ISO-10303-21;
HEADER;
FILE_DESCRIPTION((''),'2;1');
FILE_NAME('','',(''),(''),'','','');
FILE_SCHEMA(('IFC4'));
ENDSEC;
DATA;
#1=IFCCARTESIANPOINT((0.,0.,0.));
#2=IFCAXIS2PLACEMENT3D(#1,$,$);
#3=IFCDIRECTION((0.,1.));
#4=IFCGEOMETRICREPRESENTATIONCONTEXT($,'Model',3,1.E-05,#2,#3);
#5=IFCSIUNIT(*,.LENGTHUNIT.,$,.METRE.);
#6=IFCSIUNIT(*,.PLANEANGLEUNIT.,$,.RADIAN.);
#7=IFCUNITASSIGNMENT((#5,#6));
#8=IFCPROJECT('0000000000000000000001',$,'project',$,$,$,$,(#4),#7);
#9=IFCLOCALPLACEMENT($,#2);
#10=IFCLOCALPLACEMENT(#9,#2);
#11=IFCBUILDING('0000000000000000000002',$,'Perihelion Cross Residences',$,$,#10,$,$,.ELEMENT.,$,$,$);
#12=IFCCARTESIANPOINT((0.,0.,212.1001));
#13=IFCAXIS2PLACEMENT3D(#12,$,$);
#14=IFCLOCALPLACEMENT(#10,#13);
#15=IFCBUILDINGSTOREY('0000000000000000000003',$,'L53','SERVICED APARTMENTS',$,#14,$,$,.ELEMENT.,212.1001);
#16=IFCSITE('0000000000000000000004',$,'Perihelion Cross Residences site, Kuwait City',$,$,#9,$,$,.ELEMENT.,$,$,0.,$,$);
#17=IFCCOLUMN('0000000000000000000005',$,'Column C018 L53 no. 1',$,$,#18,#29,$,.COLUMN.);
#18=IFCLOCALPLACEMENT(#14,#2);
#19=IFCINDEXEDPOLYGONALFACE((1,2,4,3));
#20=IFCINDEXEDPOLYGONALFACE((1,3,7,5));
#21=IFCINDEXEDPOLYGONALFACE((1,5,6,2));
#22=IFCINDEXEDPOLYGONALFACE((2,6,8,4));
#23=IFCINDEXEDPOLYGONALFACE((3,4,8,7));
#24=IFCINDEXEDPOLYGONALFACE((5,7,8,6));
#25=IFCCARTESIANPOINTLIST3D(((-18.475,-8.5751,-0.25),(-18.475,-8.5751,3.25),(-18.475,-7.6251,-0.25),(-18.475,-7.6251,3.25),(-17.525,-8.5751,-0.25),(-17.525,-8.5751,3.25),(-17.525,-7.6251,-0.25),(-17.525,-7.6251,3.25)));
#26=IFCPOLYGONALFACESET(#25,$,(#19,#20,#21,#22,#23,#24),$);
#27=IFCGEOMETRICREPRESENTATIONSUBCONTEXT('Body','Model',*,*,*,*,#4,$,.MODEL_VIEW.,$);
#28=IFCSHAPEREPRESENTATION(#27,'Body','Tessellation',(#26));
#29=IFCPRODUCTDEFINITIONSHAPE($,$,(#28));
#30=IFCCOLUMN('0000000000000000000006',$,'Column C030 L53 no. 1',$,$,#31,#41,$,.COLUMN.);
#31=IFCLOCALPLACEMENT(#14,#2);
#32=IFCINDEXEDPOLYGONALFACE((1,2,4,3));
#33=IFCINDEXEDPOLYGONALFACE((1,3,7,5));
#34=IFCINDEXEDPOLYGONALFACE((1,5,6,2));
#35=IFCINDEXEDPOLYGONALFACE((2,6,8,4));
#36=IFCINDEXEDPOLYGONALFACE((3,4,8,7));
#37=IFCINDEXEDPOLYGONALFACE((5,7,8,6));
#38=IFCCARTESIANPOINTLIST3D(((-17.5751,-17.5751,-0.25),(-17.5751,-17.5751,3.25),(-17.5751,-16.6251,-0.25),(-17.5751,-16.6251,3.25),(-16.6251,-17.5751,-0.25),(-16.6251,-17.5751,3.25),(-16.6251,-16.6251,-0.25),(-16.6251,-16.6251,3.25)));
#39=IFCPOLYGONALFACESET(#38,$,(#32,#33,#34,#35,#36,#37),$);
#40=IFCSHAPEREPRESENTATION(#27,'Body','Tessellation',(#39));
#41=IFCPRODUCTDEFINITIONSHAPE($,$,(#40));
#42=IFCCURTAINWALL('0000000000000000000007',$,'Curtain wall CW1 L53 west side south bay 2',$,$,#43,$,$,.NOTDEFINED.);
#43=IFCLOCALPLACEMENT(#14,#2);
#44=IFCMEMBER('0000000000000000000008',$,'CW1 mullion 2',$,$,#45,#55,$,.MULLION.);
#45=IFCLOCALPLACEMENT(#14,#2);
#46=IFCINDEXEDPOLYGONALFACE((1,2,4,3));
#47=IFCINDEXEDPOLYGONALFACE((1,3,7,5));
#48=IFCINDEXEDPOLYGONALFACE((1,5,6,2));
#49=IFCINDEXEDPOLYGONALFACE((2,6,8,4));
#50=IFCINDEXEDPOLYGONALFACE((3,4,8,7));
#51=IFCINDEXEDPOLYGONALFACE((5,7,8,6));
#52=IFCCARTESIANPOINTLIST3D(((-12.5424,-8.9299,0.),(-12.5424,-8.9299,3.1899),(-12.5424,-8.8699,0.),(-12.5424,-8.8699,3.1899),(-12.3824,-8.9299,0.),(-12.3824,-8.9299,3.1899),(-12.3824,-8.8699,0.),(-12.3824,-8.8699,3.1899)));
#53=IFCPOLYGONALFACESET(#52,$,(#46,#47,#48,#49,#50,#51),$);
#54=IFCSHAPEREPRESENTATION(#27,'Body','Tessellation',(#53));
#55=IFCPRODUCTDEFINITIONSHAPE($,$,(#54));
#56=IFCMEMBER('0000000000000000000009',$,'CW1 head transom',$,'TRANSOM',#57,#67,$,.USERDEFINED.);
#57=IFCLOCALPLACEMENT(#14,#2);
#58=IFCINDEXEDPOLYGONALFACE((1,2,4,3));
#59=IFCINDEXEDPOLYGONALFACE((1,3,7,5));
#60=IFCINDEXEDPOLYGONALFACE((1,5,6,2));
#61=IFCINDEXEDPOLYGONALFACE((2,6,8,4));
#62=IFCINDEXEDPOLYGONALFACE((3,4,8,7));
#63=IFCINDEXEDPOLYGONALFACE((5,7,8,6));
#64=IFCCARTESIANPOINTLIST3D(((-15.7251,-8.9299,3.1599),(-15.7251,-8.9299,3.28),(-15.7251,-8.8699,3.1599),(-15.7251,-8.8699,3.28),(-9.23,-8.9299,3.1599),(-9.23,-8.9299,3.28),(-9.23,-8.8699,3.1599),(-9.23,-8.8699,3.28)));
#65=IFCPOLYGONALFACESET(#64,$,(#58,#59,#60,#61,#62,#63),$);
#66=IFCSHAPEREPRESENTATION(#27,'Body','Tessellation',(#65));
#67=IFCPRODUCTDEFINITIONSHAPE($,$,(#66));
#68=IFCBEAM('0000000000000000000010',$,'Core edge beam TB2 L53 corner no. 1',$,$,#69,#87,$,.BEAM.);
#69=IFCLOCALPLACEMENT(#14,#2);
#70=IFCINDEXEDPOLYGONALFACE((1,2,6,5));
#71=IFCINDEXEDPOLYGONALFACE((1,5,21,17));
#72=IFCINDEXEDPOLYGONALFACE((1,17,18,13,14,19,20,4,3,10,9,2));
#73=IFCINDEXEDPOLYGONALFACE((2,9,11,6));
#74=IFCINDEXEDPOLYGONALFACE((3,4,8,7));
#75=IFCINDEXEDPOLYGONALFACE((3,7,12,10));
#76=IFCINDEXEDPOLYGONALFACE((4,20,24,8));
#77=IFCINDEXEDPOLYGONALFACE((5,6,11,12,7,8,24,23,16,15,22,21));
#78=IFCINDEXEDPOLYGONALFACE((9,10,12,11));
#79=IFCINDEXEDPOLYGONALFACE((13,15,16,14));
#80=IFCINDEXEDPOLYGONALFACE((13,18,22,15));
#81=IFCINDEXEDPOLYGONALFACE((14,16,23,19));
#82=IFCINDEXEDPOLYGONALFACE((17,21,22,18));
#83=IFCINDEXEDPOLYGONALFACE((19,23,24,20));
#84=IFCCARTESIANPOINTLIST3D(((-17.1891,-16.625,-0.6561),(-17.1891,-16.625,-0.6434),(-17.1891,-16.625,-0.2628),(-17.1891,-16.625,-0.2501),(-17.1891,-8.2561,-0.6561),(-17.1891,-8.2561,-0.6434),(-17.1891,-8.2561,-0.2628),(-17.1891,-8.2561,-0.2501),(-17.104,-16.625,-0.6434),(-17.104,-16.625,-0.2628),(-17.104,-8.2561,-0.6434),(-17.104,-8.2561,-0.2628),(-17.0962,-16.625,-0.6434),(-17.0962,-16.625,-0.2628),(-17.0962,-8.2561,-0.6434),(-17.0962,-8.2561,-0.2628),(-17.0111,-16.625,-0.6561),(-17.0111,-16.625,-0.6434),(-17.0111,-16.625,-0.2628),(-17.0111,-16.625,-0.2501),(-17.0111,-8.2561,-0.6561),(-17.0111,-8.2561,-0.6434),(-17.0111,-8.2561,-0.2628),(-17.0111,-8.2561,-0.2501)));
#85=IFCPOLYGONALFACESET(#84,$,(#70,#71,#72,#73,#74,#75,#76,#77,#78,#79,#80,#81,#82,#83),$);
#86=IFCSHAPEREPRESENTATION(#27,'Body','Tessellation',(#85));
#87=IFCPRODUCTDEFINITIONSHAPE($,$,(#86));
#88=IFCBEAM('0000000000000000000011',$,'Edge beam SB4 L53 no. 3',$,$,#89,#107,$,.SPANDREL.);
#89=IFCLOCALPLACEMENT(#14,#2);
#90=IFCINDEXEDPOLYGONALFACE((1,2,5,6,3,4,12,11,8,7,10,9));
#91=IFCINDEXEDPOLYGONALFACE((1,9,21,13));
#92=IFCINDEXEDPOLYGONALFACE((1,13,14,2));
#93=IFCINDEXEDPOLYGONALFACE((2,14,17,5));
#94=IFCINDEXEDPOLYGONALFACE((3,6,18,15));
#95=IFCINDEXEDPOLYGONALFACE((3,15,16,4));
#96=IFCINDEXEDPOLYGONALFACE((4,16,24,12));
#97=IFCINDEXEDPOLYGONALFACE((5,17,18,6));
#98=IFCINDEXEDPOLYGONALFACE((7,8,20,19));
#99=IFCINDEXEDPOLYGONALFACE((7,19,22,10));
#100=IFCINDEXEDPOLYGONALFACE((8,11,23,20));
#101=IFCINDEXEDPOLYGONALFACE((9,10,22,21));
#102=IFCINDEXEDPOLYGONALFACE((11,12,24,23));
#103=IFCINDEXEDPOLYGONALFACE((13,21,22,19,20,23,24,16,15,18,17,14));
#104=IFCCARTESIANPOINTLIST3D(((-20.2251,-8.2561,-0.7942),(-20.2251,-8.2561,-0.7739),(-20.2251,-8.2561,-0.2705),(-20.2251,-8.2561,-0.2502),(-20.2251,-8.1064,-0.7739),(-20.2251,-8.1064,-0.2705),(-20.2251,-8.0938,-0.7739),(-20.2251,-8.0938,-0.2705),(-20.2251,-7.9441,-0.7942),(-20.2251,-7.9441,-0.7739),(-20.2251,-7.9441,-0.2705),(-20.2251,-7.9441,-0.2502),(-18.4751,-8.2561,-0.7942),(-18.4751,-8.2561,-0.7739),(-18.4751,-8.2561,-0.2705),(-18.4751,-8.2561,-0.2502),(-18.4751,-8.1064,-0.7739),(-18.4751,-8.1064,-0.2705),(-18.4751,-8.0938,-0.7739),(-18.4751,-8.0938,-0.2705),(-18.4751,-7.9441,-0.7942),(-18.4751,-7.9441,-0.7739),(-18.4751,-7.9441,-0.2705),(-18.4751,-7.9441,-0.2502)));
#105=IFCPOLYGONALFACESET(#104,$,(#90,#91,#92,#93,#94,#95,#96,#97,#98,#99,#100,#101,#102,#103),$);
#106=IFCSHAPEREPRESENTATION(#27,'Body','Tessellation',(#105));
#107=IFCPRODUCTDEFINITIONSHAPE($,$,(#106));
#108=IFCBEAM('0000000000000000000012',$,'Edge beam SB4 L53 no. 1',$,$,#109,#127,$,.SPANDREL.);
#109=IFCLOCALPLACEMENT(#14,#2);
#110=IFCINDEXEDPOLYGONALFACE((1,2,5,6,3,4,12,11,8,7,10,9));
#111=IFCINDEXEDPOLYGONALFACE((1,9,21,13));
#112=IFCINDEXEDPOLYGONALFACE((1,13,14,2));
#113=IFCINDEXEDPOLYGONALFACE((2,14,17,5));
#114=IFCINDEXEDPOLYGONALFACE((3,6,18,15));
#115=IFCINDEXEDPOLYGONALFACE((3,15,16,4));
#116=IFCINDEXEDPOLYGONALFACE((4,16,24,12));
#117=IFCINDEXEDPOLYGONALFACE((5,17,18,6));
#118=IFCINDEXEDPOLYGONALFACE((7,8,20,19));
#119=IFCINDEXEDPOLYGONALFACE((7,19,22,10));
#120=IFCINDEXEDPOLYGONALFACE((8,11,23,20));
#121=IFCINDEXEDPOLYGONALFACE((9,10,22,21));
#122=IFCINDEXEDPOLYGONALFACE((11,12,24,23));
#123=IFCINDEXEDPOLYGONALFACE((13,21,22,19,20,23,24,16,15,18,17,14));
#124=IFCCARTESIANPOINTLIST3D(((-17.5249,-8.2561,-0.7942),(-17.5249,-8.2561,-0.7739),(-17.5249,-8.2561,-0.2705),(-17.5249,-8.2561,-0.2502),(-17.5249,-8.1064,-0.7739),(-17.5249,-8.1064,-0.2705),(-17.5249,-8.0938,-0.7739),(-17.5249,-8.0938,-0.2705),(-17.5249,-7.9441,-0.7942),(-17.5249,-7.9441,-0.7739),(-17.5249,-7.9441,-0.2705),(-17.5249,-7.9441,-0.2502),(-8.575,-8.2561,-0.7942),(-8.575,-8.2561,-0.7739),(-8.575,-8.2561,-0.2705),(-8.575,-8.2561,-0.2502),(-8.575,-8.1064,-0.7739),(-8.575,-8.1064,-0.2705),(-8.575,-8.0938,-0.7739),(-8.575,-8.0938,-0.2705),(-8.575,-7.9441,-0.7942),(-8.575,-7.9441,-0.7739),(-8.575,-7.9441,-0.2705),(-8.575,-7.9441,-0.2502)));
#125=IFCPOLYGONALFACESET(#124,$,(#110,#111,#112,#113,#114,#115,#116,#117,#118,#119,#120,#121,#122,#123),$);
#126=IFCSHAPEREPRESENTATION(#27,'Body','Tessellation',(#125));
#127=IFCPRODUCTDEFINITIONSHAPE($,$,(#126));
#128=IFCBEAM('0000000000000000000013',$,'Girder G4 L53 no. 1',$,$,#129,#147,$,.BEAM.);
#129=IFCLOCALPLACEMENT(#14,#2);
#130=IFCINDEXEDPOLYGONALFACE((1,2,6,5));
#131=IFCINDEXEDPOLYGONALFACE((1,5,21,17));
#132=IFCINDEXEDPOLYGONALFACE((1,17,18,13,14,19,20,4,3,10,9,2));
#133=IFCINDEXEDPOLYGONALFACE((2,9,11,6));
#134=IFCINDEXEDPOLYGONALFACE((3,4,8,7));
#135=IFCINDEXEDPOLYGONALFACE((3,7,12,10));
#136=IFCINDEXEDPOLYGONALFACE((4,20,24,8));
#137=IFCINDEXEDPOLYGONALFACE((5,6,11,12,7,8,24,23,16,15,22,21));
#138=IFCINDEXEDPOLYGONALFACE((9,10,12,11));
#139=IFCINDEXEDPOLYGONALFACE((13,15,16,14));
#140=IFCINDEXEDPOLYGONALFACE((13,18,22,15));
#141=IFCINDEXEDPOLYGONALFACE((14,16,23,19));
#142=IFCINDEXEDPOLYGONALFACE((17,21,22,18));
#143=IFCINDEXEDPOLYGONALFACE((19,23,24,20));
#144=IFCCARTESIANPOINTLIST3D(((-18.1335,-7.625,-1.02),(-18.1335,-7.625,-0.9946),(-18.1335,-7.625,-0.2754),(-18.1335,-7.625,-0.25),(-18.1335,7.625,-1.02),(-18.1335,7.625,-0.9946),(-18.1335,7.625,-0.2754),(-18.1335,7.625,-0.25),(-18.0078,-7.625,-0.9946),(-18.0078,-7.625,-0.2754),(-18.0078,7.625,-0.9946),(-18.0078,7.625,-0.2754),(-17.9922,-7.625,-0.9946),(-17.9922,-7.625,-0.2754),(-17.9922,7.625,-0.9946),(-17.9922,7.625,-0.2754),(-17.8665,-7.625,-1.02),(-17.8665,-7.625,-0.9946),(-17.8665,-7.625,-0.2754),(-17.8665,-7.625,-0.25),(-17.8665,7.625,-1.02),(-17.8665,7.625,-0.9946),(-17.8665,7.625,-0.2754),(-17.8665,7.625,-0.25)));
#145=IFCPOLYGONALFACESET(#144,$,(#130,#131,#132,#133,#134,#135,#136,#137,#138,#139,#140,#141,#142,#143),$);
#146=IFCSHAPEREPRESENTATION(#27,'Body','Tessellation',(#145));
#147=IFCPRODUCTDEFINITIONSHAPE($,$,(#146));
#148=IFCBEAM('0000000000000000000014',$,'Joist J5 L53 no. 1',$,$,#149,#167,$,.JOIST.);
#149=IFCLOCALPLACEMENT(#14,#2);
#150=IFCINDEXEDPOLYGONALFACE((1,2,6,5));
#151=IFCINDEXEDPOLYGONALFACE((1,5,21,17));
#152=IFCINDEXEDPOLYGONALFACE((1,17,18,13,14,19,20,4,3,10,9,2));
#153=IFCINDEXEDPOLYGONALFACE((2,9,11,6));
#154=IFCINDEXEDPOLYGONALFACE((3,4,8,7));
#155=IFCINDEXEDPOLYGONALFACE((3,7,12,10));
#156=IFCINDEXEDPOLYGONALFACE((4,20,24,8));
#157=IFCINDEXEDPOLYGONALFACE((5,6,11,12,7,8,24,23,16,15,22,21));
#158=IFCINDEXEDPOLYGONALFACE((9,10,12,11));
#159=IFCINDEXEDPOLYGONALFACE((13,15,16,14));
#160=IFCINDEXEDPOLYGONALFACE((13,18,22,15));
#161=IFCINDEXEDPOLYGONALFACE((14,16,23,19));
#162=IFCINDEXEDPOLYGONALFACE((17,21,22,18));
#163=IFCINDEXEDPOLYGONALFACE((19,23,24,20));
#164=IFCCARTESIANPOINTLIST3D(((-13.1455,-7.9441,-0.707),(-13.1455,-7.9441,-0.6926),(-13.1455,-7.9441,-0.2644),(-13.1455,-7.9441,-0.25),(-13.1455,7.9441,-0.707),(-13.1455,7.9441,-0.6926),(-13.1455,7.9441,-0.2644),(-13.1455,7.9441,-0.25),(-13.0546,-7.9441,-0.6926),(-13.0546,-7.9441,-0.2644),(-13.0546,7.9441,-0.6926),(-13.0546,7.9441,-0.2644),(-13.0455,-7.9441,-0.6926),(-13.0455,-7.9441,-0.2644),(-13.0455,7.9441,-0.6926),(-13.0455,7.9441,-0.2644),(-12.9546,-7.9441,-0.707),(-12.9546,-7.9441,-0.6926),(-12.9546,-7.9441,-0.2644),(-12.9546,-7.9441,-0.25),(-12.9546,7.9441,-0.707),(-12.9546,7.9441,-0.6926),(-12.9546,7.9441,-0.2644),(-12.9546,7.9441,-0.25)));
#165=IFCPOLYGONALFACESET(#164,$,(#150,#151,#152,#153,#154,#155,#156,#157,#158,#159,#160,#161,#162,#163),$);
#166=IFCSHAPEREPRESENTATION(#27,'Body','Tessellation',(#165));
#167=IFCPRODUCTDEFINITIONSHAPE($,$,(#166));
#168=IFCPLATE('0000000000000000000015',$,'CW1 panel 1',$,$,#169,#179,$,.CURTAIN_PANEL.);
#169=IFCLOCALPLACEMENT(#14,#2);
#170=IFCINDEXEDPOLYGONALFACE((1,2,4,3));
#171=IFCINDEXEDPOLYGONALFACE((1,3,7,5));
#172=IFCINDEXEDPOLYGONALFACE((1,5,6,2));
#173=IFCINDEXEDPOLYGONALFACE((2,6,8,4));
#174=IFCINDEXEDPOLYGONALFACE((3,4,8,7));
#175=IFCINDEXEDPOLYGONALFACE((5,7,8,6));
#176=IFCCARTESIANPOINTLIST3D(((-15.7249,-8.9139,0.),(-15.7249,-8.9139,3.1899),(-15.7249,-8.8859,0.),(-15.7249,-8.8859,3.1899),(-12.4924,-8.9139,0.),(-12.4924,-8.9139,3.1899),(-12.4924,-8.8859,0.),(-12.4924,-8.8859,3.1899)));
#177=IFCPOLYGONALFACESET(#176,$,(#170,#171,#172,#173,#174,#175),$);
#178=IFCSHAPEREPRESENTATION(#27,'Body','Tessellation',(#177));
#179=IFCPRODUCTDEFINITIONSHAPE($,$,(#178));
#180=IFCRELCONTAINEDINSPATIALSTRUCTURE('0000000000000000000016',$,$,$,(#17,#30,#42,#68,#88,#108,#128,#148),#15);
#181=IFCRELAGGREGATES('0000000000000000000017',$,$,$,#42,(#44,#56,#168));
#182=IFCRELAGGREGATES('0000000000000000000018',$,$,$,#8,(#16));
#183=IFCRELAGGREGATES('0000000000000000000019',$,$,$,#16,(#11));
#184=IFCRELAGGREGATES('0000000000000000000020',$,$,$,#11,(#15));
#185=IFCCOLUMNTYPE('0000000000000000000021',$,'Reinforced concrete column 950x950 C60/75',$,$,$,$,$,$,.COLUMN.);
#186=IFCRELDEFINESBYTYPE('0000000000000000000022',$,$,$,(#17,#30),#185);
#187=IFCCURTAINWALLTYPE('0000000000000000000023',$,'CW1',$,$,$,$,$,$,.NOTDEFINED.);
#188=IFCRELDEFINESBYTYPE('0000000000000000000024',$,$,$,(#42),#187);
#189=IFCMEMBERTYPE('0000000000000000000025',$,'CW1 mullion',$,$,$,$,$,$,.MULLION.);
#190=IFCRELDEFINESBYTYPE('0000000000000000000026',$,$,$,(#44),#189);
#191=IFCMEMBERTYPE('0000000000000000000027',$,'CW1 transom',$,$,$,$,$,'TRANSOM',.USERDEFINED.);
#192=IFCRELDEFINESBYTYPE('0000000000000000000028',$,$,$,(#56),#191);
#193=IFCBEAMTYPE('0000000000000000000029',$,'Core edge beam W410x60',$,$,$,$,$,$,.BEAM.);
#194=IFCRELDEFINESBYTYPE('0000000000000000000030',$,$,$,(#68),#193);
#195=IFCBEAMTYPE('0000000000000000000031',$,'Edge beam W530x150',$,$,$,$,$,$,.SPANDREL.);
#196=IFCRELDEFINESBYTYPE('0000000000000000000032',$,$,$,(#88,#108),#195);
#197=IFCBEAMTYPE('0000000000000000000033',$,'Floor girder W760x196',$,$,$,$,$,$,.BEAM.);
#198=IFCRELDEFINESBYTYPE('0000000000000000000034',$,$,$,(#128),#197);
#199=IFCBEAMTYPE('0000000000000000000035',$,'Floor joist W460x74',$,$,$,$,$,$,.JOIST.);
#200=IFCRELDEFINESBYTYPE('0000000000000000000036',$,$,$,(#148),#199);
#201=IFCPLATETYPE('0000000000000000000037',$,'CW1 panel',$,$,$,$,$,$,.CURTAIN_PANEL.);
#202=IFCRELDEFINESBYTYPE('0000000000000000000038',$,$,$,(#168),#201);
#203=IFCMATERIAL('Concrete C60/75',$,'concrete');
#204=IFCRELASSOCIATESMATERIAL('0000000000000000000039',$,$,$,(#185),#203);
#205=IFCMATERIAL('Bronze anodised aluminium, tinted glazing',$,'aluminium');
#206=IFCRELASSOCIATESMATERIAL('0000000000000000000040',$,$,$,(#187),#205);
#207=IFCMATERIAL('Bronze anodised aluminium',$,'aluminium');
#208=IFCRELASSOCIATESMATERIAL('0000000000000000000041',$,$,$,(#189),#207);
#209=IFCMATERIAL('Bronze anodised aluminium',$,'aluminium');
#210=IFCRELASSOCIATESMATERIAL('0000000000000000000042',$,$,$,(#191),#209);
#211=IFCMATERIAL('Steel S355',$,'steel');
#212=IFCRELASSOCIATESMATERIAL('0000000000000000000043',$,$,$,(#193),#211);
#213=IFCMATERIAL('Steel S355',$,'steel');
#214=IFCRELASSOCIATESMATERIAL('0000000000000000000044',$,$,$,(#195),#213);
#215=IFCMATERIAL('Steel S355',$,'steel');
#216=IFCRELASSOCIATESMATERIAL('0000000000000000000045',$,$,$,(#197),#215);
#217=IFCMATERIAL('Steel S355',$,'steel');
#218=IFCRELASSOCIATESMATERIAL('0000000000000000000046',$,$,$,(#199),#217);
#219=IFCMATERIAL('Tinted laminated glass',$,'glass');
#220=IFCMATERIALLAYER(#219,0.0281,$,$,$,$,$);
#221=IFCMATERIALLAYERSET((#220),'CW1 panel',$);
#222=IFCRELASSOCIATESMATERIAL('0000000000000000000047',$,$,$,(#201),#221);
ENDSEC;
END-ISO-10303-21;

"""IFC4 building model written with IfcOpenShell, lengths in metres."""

from ifc_helpers import new_model, si_unit, direction, frame, origin, origin_2d, place, context, subcontext, project, spatial, rectangle, i_section, extrude, material, layer, layer_set, material_profile, profile_set, type_object, element, aggregate, save


model = new_model("IFC4")

# Units and contexts
model_context = context("Model", 3, precision=1e-05, world=origin(), true_north=direction((0.0, 1.0)))
body_context = subcontext(model_context, "Body", "Model", "MODEL_VIEW")
ifc_project = project(units=[si_unit("LENGTHUNIT", "METRE"), si_unit("PLANEANGLEUNIT", "RADIAN")], contexts=[model_context])

# Site, building, storey
site_placement = place(None, origin())
site = spatial("IfcSite", under=ifc_project, at=site_placement, Name="Perihelion Cross Residences site, Kuwait City", CompositionType="ELEMENT", RefElevation=0.0)
building_placement = place(site_placement, origin())
building = spatial("IfcBuilding", under=site, at=building_placement, Name="Perihelion Cross Residences", CompositionType="ELEMENT")
storey_placement = place(building_placement, frame((0.0, 0.0, 212.1001)))
storey = spatial("IfcBuildingStorey", under=building, at=storey_placement, Name="L53", Description="SERVICED APARTMENTS", CompositionType="ELEMENT", Elevation=212.1001)

# Columns
ifc_material_1 = material(Name="Concrete C60/75", Category="concrete")
ifc_material_profile_1 = material_profile(ifc_material_1, rectangle(XDim=0.95, YDim=0.95, at=origin_2d()), Name="RC 950x950")
ifc_profile_set_1 = profile_set([ifc_material_profile_1], Name="Concrete C60/75")
column_type = type_object("IfcColumnType", Name="Reinforced concrete column 950x950 C60/75", PredefinedType="COLUMN", material=ifc_profile_set_1)
for number, where, z_axis, x_axis, name in (
    (1, (-18.0, -8.1001, -0.25), (0.0, 0.0, 1.0), (1.0, 0.0, 0.0), "Column C018 L53 no. 1"),
    (2, (-17.1001, -17.1001, -0.25), (0.0, 0.0, 1.0), (1.0, 0.0, 0.0), "Column C030 L53 no. 1"),
):
    element("IfcColumn", number, at=place(storey_placement, frame(where, z_axis=z_axis, x_axis=x_axis)), inside=storey, type_object=column_type, Name=name, PredefinedType="COLUMN", context=body_context, shape_type="SweptSolid", body=[
        extrude(rectangle(XDim=0.95, YDim=0.95, at=origin_2d()), origin(), (0.0, 0.0, 1.0), 3.5),
    ])

# Curtain wall, members
ifc_material_2 = material(Name="Bronze anodised aluminium, tinted glazing", Category="aluminium")
curtain_wall_type = type_object("IfcCurtainWallType", Name="CW1", PredefinedType="NOTDEFINED", material=ifc_material_2)
curtain_wall_placement = place(storey_placement, origin())
curtain_wall = element("IfcCurtainWall", 3, at=curtain_wall_placement, inside=storey, type_object=curtain_wall_type, Name="Curtain wall CW1 L53 west side south bay 2", PredefinedType="NOTDEFINED")
ifc_material_3 = material(Name="Bronze anodised aluminium", Category="aluminium")
ifc_material_profile_2 = material_profile(ifc_material_3, rectangle(XDim=0.0601, YDim=0.1599, at=origin_2d()), Name="CW1 mullion")
ifc_profile_set_2 = profile_set([ifc_material_profile_2], Name="Bronze anodised aluminium")
member_type_1 = type_object("IfcMemberType", Name="CW1 mullion", PredefinedType="MULLION", material=ifc_profile_set_2)
member_1_placement = place(storey_placement, frame((-12.4624, -8.8999, 0.0), z_axis=(0.0, 0.0, 1.0), x_axis=(0.0, 1.0, 0.0)))
member_1 = element("IfcMember", 4, at=member_1_placement, type_object=member_type_1, Name="CW1 mullion 2", PredefinedType="MULLION", context=body_context, shape_type="SweptSolid", body=[
    extrude(rectangle(XDim=0.0601, YDim=0.1599, at=origin_2d()), origin(), (0.0, 0.0, 1.0), 3.1899),
])
ifc_material_4 = material(Name="Bronze anodised aluminium", Category="aluminium")
ifc_material_profile_3 = material_profile(ifc_material_4, rectangle(XDim=0.0601, YDim=0.1201, at=origin_2d()), Name="CW1 transom")
ifc_profile_set_3 = profile_set([ifc_material_profile_3], Name="Bronze anodised aluminium")
member_type_2 = type_object("IfcMemberType", Name="CW1 transom", ElementType="TRANSOM", PredefinedType="USERDEFINED", material=ifc_profile_set_3)
member_2_placement = place(storey_placement, frame((-15.7251, -8.8999, 3.22), z_axis=(1.0, 0.0, 0.0), x_axis=(0.0, 1.0, 0.0)))
member_2 = element("IfcMember", 5, at=member_2_placement, type_object=member_type_2, Name="CW1 head transom", ObjectType="TRANSOM", PredefinedType="USERDEFINED", context=body_context, shape_type="SweptSolid", body=[
    extrude(rectangle(XDim=0.0601, YDim=0.1201, at=origin_2d()), origin(), (0.0, 0.0, 1.0), 6.4951),
])

# Beams
ifc_material_5 = material(Name="Steel S355", Category="steel")
ifc_material_profile_4 = material_profile(ifc_material_5, i_section(OverallWidth=0.178, OverallDepth=0.406, WebThickness=0.0078, FlangeThickness=0.0127, at=origin_2d()), Name="W410x60")
ifc_profile_set_4 = profile_set([ifc_material_profile_4], Name="Steel S355")
beam_type_1 = type_object("IfcBeamType", Name="Core edge beam W410x60", PredefinedType="BEAM", material=ifc_profile_set_4)
beam_1_placement = place(storey_placement, frame((-17.1001, -8.2561, -0.4531), z_axis=(0.0, -1.0, 0.0), x_axis=(1.0, 0.0, 0.0)))
element("IfcBeam", 6, at=beam_1_placement, inside=storey, type_object=beam_type_1, Name="Core edge beam TB2 L53 corner no. 1", PredefinedType="BEAM", context=body_context, shape_type="SweptSolid", body=[
    extrude(i_section(OverallWidth=0.178, OverallDepth=0.406, WebThickness=0.0078, FlangeThickness=0.0127, at=origin_2d()), origin(), (0.0, 0.0, 1.0), 8.3689),
])
ifc_material_6 = material(Name="Steel S355", Category="steel")
ifc_material_profile_5 = material_profile(ifc_material_6, i_section(OverallWidth=0.312, OverallDepth=0.5439, WebThickness=0.0127, FlangeThickness=0.0203, at=origin_2d()), Name="W530x150")
ifc_profile_set_5 = profile_set([ifc_material_profile_5], Name="Steel S355")
beam_type_2 = type_object("IfcBeamType", Name="Edge beam W530x150", PredefinedType="SPANDREL", material=ifc_profile_set_5)
beam_2_placement = place(storey_placement, frame((-20.2251, -8.1001, -0.5222), z_axis=(1.0, 0.0, 0.0), x_axis=(0.0, 1.0, 0.0)))
element("IfcBeam", 7, at=beam_2_placement, inside=storey, type_object=beam_type_2, Name="Edge beam SB4 L53 no. 3", PredefinedType="SPANDREL", context=body_context, shape_type="SweptSolid", body=[
    extrude(i_section(OverallWidth=0.312, OverallDepth=0.5439, WebThickness=0.0127, FlangeThickness=0.0203, at=origin_2d()), origin(), (0.0, 0.0, 1.0), 1.75),
])
beam_3_placement = place(storey_placement, frame((-17.5249, -8.1001, -0.5222), z_axis=(1.0, 0.0, 0.0), x_axis=(0.0, 1.0, 0.0)))
element("IfcBeam", 8, at=beam_3_placement, inside=storey, type_object=beam_type_2, Name="Edge beam SB4 L53 no. 1", PredefinedType="SPANDREL", context=body_context, shape_type="SweptSolid", body=[
    extrude(i_section(OverallWidth=0.312, OverallDepth=0.5439, WebThickness=0.0127, FlangeThickness=0.0203, at=origin_2d()), origin(), (0.0, 0.0, 1.0), 8.95),
])
ifc_material_7 = material(Name="Steel S355", Category="steel")
ifc_material_profile_6 = material_profile(ifc_material_7, i_section(OverallWidth=0.2671, OverallDepth=0.77, WebThickness=0.0156, FlangeThickness=0.0254, at=origin_2d()), Name="W760x196")
ifc_profile_set_6 = profile_set([ifc_material_profile_6], Name="Steel S355")
beam_type_3 = type_object("IfcBeamType", Name="Floor girder W760x196", PredefinedType="BEAM", material=ifc_profile_set_6)
beam_4_placement = place(storey_placement, frame((-18.0, -7.625, -0.635), z_axis=(0.0, 1.0, 0.0), x_axis=(-1.0, 0.0, 0.0)))
element("IfcBeam", 9, at=beam_4_placement, inside=storey, type_object=beam_type_3, Name="Girder G4 L53 no. 1", PredefinedType="BEAM", context=body_context, shape_type="SweptSolid", body=[
    extrude(i_section(OverallWidth=0.2671, OverallDepth=0.77, WebThickness=0.0156, FlangeThickness=0.0254, at=origin_2d()), origin(), (0.0, 0.0, 1.0), 15.25),
])
ifc_material_8 = material(Name="Steel S355", Category="steel")
ifc_material_profile_7 = material_profile(ifc_material_8, i_section(OverallWidth=0.1909, OverallDepth=0.457, WebThickness=0.009, FlangeThickness=0.0144, at=origin_2d()), Name="W460x74")
ifc_profile_set_7 = profile_set([ifc_material_profile_7], Name="Steel S355")
beam_type_4 = type_object("IfcBeamType", Name="Floor joist W460x74", PredefinedType="JOIST", material=ifc_profile_set_7)
beam_5_placement = place(storey_placement, frame((-13.05, -7.9441, -0.4785), z_axis=(0.0, 1.0, 0.0), x_axis=(-1.0, 0.0, 0.0)))
element("IfcBeam", 10, at=beam_5_placement, inside=storey, type_object=beam_type_4, Name="Joist J5 L53 no. 1", PredefinedType="JOIST", context=body_context, shape_type="SweptSolid", body=[
    extrude(i_section(OverallWidth=0.1909, OverallDepth=0.457, WebThickness=0.009, FlangeThickness=0.0144, at=origin_2d()), origin(), (0.0, 0.0, 1.0), 15.8882),
])

# Plate
ifc_material_9 = material(Name="Tinted laminated glass", Category="glass")
ifc_layer_1 = layer(ifc_material_9, 0.0281)
ifc_layer_set_1 = layer_set([ifc_layer_1], Name="CW1 panel")
plate_type = type_object("IfcPlateType", Name="CW1 panel", PredefinedType="CURTAIN_PANEL", material=ifc_layer_set_1)
plate_1_placement = place(storey_placement, frame((-14.1086, -8.8999, 0.0), z_axis=(0.0, 0.0, 1.0), x_axis=(1.0, 0.0, 0.0)))
plate_1 = element("IfcPlate", 11, at=plate_1_placement, type_object=plate_type, Name="CW1 panel 1", PredefinedType="CURTAIN_PANEL", context=body_context, shape_type="SweptSolid", body=[
    extrude(rectangle(XDim=3.2324, YDim=0.0281, at=origin_2d()), origin(), (0.0, 0.0, 1.0), 3.1899),
])
aggregate(curtain_wall, [member_1, member_2, plate_1])

save(model, "model.ifc")
